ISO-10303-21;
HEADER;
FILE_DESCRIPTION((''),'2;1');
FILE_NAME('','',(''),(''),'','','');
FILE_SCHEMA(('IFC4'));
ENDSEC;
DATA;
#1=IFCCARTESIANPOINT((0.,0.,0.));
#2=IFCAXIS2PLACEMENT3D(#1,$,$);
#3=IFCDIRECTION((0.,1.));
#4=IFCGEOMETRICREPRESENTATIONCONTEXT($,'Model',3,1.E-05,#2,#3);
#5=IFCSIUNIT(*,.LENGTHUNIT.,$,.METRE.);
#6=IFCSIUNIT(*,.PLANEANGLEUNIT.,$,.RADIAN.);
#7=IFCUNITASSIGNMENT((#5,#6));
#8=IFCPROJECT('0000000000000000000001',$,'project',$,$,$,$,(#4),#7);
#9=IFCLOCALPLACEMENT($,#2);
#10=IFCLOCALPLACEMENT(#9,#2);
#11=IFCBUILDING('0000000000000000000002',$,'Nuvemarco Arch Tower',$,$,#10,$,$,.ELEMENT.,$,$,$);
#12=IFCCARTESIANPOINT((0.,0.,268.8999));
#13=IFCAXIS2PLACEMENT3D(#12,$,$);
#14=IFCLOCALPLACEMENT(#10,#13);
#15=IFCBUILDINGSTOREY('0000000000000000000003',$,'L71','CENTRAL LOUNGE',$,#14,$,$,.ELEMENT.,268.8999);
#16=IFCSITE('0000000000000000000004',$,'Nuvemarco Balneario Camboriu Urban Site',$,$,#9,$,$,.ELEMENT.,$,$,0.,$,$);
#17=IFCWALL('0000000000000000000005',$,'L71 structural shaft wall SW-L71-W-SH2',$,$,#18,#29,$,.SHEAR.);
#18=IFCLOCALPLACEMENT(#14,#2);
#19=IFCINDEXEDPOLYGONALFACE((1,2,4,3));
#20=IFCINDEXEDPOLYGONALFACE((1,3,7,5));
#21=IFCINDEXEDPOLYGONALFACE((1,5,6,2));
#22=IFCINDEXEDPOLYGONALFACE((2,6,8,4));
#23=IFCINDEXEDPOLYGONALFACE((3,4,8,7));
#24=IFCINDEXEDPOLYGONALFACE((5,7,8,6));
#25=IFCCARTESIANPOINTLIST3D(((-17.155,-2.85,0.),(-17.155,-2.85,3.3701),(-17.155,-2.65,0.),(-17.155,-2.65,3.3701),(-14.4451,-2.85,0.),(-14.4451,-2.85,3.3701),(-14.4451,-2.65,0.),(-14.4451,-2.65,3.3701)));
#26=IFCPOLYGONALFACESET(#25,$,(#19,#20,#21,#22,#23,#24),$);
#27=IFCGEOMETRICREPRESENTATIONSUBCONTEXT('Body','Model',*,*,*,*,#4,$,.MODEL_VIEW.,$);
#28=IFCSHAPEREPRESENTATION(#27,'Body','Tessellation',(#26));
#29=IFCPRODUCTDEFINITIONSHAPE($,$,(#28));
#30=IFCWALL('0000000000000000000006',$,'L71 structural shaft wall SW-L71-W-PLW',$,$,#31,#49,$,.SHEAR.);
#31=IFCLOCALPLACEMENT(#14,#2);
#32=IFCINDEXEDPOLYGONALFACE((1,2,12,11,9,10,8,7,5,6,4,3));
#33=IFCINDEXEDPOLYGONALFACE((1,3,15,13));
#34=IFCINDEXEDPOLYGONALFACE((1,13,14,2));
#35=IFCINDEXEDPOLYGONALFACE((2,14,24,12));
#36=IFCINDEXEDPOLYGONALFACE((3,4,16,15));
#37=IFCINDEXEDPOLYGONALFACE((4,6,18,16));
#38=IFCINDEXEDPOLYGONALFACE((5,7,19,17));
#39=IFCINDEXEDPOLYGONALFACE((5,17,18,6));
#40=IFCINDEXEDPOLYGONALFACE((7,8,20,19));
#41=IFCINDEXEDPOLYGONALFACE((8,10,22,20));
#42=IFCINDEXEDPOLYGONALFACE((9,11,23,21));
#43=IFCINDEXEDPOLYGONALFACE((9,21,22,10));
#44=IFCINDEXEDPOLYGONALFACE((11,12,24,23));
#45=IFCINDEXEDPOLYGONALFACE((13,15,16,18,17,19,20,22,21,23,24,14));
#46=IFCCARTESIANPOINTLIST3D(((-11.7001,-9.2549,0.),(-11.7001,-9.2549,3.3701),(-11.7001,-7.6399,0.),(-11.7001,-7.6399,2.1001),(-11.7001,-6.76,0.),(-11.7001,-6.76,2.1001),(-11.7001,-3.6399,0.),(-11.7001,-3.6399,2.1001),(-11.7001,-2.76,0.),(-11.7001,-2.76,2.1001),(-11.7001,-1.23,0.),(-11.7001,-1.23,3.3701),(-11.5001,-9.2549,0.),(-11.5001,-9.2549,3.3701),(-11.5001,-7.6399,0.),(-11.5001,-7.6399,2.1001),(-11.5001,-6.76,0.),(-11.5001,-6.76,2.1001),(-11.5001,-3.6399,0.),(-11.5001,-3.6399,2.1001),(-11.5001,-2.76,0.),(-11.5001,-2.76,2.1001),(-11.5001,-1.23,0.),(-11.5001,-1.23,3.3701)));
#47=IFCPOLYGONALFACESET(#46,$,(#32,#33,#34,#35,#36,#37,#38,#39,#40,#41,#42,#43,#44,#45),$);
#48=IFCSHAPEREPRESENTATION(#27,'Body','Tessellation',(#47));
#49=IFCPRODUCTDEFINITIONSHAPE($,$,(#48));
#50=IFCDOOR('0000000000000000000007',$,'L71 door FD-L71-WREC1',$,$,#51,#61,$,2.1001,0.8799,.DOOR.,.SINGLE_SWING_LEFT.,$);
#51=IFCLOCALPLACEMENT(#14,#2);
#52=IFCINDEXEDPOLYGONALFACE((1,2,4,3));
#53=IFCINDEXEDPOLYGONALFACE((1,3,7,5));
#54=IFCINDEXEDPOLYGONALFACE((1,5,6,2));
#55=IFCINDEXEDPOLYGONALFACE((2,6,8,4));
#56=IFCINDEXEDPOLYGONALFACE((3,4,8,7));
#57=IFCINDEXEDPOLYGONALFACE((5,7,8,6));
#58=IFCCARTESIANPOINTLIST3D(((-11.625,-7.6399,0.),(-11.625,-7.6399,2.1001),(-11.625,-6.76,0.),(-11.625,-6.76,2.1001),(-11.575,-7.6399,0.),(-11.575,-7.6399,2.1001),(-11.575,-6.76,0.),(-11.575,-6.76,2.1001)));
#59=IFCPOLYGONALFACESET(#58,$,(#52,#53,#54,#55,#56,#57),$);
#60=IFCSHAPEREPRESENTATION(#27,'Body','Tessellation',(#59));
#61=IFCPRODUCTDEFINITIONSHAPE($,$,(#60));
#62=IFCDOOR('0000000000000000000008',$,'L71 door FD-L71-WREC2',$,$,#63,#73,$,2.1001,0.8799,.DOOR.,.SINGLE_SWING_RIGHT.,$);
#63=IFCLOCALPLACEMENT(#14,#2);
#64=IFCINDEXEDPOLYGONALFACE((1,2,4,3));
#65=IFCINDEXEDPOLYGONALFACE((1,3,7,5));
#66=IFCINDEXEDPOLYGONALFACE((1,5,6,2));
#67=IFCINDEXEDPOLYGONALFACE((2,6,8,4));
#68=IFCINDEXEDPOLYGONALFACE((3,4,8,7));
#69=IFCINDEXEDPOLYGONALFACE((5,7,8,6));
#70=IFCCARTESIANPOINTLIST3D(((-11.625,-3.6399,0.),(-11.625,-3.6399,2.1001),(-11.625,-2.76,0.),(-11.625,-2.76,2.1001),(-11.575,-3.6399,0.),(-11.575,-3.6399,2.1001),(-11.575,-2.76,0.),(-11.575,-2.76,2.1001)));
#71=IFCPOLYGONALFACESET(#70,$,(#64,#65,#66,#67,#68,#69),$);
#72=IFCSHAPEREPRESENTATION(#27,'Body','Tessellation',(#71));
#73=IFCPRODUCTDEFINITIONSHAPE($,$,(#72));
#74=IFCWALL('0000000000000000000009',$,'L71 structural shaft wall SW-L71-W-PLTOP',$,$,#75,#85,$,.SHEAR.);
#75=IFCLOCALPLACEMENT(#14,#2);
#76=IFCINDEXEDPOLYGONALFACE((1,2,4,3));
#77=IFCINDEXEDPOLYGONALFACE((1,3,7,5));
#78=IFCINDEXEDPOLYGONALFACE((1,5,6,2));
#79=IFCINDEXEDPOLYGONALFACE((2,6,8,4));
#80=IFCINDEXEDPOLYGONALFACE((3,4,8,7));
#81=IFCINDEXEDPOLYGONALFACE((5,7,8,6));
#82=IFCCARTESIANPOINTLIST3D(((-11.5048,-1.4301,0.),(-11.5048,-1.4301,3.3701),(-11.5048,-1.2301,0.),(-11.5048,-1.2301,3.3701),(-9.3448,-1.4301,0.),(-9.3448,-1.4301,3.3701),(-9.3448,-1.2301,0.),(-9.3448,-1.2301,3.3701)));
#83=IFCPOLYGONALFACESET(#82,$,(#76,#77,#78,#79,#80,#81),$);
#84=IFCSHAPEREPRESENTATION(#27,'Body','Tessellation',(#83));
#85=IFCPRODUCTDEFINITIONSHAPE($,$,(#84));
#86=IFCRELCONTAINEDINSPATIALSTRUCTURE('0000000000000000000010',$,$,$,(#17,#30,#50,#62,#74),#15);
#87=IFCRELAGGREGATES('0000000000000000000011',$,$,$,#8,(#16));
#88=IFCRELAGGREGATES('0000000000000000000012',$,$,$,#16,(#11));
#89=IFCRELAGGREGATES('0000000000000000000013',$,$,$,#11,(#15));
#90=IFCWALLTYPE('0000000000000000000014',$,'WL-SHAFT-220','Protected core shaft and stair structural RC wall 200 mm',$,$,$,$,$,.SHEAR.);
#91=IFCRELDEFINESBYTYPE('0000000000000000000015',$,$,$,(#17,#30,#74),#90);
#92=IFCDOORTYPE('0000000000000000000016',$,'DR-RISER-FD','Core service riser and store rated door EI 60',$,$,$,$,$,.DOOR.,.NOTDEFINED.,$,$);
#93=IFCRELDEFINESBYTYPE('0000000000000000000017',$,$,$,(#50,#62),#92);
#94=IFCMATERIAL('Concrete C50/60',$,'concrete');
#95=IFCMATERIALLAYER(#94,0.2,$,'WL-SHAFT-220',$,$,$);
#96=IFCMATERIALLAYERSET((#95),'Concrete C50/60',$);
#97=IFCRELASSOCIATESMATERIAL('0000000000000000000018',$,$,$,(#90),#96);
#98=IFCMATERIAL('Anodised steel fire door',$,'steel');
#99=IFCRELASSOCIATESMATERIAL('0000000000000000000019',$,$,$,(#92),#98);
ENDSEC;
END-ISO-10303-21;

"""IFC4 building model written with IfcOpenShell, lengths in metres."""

from ifc_helpers import new_model, si_unit, direction, frame, frame_2d, origin, place, context, subcontext, project, spatial, rectangle, extrude, source, transform, mapped, material, layer, layer_set, type_object, type_shapes, element, fill, save


model = new_model("IFC4")

# Units and contexts
model_context = context("Model", 3, precision=1e-05, world=origin(), true_north=direction((0.0, 1.0)))
body_context = subcontext(model_context, "Body", "Model", "MODEL_VIEW")
ifc_project = project(units=[si_unit("LENGTHUNIT", "METRE"), si_unit("PLANEANGLEUNIT", "RADIAN")], contexts=[model_context])

# Site, building, storey
site_placement = place(None, origin())
site = spatial("IfcSite", under=ifc_project, at=site_placement, Name="Nuvemarco Balneario Camboriu Urban Site", CompositionType="ELEMENT", RefElevation=0.0)
building_placement = place(site_placement, origin())
building = spatial("IfcBuilding", under=site, at=building_placement, Name="Nuvemarco Arch Tower", CompositionType="ELEMENT")
storey_placement = place(building_placement, frame((0.0, 0.0, 268.8999)))
storey = spatial("IfcBuildingStorey", under=building, at=storey_placement, Name="L71", Description="CENTRAL LOUNGE", CompositionType="ELEMENT", Elevation=268.8999)

# Shared definitions
ifc_material_1 = material(Name="Concrete C50/60", Category="concrete")

# Shared definitions
ifc_material_2 = material(Name="Anodised steel fire door", Category="steel")

# Shared definitions
ifc_layer_1 = layer(ifc_material_1, 0.2, Name="WL-SHAFT-220")
ifc_layer_set_1 = layer_set([ifc_layer_1], Name="Concrete C50/60")
wall_type_1 = type_object("IfcWallType", Name="WL-SHAFT-220", Description="Protected core shaft and stair structural RC wall 200 mm", PredefinedType="SHEAR", material=ifc_layer_set_1)

# Shared definitions
door_type_1 = type_object("IfcDoorType", Name="DR-RISER-FD", Description="Core service riser and store rated door EI 60", OperationType="NOTDEFINED", PredefinedType="DOOR", material=ifc_material_2)
shared_shape_1 = source(origin(), body_context, "Body", "SweptSolid", [
    extrude(rectangle(XDim=0.8799, YDim=2.1001, at=frame_2d((0.4399, 1.05))), frame((0.0, 0.0249, 0.0), z_axis=(0.0, -1.0, 0.0), x_axis=(1.0, 0.0, 0.0)), (0.0, 0.0, 1.0), 0.05),
])
type_shapes(door_type_1, [shared_shape_1])

# Wall
wall_1_placement = place(storey_placement, frame((-17.155, -2.75, 0.0), z_axis=(0.0, 0.0, 1.0), x_axis=(1.0, 0.0, 0.0)))
element("IfcWall", 1, at=wall_1_placement, inside=storey, type_object=wall_type_1, Name="L71 structural shaft wall SW-L71-W-SH2", PredefinedType="SHEAR", context=body_context, shape_type="SweptSolid", body=[
    extrude(rectangle(XDim=2.71, YDim=0.2, at=frame_2d((1.355, 0.0))), origin(), (0.0, 0.0, 1.0), 3.3701),
])

# Wall, openings, doors
wall_2_placement = place(storey_placement, frame((-11.6001, -9.2549, 0.0), z_axis=(0.0, 0.0, 1.0), x_axis=(0.0, 1.0, 0.0)))
wall_2 = element("IfcWall", 2, at=wall_2_placement, inside=storey, type_object=wall_type_1, Name="L71 structural shaft wall SW-L71-W-PLW", PredefinedType="SHEAR", context=body_context, shape_type="SweptSolid", body=[
    extrude(rectangle(XDim=8.0249, YDim=0.2, at=frame_2d((4.0125, 0.0))), origin(), (0.0, 0.0, 1.0), 3.3701),
])
opening_1_placement = place(wall_2_placement, frame((1.615, 0.0, 0.0)))
opening_1 = element("IfcOpeningElement", 3, at=opening_1_placement, cuts=wall_2, PredefinedType="OPENING", context=body_context, shape_type="SweptSolid", body=[
    extrude(rectangle(XDim=0.8799, YDim=2.1001, at=frame_2d((0.4399, 1.05))), frame((0.0, 0.1099, 0.0), z_axis=(0.0, -1.0, 0.0), x_axis=(1.0, 0.0, 0.0)), (0.0, 0.0, 1.0), 0.22),
])
opening_2_placement = place(wall_2_placement, frame((5.615, 0.0, 0.0)))
opening_2 = element("IfcOpeningElement", 4, at=opening_2_placement, cuts=wall_2, PredefinedType="OPENING", context=body_context, shape_type="SweptSolid", body=[
    extrude(rectangle(XDim=0.8799, YDim=2.1001, at=frame_2d((0.4399, 1.05))), frame((0.0, 0.1099, 0.0), z_axis=(0.0, -1.0, 0.0), x_axis=(1.0, 0.0, 0.0)), (0.0, 0.0, 1.0), 0.22),
])
door_1_placement = place(opening_1_placement, origin())
door_1 = element("IfcDoor", 5, at=door_1_placement, inside=storey, type_object=door_type_1, Name="L71 door FD-L71-WREC1", OperationType="SINGLE_SWING_LEFT", OverallHeight=2.1001, OverallWidth=0.8799, PredefinedType="DOOR", context=body_context, shape_type="MappedRepresentation", body=[
    mapped(shared_shape_1, transform((0.0, 0.0, 0.0), scale=1.0)),
])
fill(opening_1, door_1)
door_2_placement = place(opening_2_placement, origin())
door_2 = element("IfcDoor", 6, at=door_2_placement, inside=storey, type_object=door_type_1, Name="L71 door FD-L71-WREC2", OperationType="SINGLE_SWING_RIGHT", OverallHeight=2.1001, OverallWidth=0.8799, PredefinedType="DOOR", context=body_context, shape_type="MappedRepresentation", body=[
    mapped(shared_shape_1, transform((0.0, 0.0, 0.0), scale=1.0)),
])
fill(opening_2, door_2)

# Wall
wall_3_placement = place(storey_placement, frame((-11.5049, -1.3301, 0.0), z_axis=(0.0, 0.0, 1.0), x_axis=(1.0, 0.0, 0.0)))
element("IfcWall", 7, at=wall_3_placement, inside=storey, type_object=wall_type_1, Name="L71 structural shaft wall SW-L71-W-PLTOP", PredefinedType="SHEAR", context=body_context, shape_type="SweptSolid", body=[
    extrude(rectangle(XDim=2.1599, YDim=0.2, at=frame_2d((1.0801, 0.0))), origin(), (0.0, 0.0, 1.0), 3.3701),
])

save(model, "model.ifc")
